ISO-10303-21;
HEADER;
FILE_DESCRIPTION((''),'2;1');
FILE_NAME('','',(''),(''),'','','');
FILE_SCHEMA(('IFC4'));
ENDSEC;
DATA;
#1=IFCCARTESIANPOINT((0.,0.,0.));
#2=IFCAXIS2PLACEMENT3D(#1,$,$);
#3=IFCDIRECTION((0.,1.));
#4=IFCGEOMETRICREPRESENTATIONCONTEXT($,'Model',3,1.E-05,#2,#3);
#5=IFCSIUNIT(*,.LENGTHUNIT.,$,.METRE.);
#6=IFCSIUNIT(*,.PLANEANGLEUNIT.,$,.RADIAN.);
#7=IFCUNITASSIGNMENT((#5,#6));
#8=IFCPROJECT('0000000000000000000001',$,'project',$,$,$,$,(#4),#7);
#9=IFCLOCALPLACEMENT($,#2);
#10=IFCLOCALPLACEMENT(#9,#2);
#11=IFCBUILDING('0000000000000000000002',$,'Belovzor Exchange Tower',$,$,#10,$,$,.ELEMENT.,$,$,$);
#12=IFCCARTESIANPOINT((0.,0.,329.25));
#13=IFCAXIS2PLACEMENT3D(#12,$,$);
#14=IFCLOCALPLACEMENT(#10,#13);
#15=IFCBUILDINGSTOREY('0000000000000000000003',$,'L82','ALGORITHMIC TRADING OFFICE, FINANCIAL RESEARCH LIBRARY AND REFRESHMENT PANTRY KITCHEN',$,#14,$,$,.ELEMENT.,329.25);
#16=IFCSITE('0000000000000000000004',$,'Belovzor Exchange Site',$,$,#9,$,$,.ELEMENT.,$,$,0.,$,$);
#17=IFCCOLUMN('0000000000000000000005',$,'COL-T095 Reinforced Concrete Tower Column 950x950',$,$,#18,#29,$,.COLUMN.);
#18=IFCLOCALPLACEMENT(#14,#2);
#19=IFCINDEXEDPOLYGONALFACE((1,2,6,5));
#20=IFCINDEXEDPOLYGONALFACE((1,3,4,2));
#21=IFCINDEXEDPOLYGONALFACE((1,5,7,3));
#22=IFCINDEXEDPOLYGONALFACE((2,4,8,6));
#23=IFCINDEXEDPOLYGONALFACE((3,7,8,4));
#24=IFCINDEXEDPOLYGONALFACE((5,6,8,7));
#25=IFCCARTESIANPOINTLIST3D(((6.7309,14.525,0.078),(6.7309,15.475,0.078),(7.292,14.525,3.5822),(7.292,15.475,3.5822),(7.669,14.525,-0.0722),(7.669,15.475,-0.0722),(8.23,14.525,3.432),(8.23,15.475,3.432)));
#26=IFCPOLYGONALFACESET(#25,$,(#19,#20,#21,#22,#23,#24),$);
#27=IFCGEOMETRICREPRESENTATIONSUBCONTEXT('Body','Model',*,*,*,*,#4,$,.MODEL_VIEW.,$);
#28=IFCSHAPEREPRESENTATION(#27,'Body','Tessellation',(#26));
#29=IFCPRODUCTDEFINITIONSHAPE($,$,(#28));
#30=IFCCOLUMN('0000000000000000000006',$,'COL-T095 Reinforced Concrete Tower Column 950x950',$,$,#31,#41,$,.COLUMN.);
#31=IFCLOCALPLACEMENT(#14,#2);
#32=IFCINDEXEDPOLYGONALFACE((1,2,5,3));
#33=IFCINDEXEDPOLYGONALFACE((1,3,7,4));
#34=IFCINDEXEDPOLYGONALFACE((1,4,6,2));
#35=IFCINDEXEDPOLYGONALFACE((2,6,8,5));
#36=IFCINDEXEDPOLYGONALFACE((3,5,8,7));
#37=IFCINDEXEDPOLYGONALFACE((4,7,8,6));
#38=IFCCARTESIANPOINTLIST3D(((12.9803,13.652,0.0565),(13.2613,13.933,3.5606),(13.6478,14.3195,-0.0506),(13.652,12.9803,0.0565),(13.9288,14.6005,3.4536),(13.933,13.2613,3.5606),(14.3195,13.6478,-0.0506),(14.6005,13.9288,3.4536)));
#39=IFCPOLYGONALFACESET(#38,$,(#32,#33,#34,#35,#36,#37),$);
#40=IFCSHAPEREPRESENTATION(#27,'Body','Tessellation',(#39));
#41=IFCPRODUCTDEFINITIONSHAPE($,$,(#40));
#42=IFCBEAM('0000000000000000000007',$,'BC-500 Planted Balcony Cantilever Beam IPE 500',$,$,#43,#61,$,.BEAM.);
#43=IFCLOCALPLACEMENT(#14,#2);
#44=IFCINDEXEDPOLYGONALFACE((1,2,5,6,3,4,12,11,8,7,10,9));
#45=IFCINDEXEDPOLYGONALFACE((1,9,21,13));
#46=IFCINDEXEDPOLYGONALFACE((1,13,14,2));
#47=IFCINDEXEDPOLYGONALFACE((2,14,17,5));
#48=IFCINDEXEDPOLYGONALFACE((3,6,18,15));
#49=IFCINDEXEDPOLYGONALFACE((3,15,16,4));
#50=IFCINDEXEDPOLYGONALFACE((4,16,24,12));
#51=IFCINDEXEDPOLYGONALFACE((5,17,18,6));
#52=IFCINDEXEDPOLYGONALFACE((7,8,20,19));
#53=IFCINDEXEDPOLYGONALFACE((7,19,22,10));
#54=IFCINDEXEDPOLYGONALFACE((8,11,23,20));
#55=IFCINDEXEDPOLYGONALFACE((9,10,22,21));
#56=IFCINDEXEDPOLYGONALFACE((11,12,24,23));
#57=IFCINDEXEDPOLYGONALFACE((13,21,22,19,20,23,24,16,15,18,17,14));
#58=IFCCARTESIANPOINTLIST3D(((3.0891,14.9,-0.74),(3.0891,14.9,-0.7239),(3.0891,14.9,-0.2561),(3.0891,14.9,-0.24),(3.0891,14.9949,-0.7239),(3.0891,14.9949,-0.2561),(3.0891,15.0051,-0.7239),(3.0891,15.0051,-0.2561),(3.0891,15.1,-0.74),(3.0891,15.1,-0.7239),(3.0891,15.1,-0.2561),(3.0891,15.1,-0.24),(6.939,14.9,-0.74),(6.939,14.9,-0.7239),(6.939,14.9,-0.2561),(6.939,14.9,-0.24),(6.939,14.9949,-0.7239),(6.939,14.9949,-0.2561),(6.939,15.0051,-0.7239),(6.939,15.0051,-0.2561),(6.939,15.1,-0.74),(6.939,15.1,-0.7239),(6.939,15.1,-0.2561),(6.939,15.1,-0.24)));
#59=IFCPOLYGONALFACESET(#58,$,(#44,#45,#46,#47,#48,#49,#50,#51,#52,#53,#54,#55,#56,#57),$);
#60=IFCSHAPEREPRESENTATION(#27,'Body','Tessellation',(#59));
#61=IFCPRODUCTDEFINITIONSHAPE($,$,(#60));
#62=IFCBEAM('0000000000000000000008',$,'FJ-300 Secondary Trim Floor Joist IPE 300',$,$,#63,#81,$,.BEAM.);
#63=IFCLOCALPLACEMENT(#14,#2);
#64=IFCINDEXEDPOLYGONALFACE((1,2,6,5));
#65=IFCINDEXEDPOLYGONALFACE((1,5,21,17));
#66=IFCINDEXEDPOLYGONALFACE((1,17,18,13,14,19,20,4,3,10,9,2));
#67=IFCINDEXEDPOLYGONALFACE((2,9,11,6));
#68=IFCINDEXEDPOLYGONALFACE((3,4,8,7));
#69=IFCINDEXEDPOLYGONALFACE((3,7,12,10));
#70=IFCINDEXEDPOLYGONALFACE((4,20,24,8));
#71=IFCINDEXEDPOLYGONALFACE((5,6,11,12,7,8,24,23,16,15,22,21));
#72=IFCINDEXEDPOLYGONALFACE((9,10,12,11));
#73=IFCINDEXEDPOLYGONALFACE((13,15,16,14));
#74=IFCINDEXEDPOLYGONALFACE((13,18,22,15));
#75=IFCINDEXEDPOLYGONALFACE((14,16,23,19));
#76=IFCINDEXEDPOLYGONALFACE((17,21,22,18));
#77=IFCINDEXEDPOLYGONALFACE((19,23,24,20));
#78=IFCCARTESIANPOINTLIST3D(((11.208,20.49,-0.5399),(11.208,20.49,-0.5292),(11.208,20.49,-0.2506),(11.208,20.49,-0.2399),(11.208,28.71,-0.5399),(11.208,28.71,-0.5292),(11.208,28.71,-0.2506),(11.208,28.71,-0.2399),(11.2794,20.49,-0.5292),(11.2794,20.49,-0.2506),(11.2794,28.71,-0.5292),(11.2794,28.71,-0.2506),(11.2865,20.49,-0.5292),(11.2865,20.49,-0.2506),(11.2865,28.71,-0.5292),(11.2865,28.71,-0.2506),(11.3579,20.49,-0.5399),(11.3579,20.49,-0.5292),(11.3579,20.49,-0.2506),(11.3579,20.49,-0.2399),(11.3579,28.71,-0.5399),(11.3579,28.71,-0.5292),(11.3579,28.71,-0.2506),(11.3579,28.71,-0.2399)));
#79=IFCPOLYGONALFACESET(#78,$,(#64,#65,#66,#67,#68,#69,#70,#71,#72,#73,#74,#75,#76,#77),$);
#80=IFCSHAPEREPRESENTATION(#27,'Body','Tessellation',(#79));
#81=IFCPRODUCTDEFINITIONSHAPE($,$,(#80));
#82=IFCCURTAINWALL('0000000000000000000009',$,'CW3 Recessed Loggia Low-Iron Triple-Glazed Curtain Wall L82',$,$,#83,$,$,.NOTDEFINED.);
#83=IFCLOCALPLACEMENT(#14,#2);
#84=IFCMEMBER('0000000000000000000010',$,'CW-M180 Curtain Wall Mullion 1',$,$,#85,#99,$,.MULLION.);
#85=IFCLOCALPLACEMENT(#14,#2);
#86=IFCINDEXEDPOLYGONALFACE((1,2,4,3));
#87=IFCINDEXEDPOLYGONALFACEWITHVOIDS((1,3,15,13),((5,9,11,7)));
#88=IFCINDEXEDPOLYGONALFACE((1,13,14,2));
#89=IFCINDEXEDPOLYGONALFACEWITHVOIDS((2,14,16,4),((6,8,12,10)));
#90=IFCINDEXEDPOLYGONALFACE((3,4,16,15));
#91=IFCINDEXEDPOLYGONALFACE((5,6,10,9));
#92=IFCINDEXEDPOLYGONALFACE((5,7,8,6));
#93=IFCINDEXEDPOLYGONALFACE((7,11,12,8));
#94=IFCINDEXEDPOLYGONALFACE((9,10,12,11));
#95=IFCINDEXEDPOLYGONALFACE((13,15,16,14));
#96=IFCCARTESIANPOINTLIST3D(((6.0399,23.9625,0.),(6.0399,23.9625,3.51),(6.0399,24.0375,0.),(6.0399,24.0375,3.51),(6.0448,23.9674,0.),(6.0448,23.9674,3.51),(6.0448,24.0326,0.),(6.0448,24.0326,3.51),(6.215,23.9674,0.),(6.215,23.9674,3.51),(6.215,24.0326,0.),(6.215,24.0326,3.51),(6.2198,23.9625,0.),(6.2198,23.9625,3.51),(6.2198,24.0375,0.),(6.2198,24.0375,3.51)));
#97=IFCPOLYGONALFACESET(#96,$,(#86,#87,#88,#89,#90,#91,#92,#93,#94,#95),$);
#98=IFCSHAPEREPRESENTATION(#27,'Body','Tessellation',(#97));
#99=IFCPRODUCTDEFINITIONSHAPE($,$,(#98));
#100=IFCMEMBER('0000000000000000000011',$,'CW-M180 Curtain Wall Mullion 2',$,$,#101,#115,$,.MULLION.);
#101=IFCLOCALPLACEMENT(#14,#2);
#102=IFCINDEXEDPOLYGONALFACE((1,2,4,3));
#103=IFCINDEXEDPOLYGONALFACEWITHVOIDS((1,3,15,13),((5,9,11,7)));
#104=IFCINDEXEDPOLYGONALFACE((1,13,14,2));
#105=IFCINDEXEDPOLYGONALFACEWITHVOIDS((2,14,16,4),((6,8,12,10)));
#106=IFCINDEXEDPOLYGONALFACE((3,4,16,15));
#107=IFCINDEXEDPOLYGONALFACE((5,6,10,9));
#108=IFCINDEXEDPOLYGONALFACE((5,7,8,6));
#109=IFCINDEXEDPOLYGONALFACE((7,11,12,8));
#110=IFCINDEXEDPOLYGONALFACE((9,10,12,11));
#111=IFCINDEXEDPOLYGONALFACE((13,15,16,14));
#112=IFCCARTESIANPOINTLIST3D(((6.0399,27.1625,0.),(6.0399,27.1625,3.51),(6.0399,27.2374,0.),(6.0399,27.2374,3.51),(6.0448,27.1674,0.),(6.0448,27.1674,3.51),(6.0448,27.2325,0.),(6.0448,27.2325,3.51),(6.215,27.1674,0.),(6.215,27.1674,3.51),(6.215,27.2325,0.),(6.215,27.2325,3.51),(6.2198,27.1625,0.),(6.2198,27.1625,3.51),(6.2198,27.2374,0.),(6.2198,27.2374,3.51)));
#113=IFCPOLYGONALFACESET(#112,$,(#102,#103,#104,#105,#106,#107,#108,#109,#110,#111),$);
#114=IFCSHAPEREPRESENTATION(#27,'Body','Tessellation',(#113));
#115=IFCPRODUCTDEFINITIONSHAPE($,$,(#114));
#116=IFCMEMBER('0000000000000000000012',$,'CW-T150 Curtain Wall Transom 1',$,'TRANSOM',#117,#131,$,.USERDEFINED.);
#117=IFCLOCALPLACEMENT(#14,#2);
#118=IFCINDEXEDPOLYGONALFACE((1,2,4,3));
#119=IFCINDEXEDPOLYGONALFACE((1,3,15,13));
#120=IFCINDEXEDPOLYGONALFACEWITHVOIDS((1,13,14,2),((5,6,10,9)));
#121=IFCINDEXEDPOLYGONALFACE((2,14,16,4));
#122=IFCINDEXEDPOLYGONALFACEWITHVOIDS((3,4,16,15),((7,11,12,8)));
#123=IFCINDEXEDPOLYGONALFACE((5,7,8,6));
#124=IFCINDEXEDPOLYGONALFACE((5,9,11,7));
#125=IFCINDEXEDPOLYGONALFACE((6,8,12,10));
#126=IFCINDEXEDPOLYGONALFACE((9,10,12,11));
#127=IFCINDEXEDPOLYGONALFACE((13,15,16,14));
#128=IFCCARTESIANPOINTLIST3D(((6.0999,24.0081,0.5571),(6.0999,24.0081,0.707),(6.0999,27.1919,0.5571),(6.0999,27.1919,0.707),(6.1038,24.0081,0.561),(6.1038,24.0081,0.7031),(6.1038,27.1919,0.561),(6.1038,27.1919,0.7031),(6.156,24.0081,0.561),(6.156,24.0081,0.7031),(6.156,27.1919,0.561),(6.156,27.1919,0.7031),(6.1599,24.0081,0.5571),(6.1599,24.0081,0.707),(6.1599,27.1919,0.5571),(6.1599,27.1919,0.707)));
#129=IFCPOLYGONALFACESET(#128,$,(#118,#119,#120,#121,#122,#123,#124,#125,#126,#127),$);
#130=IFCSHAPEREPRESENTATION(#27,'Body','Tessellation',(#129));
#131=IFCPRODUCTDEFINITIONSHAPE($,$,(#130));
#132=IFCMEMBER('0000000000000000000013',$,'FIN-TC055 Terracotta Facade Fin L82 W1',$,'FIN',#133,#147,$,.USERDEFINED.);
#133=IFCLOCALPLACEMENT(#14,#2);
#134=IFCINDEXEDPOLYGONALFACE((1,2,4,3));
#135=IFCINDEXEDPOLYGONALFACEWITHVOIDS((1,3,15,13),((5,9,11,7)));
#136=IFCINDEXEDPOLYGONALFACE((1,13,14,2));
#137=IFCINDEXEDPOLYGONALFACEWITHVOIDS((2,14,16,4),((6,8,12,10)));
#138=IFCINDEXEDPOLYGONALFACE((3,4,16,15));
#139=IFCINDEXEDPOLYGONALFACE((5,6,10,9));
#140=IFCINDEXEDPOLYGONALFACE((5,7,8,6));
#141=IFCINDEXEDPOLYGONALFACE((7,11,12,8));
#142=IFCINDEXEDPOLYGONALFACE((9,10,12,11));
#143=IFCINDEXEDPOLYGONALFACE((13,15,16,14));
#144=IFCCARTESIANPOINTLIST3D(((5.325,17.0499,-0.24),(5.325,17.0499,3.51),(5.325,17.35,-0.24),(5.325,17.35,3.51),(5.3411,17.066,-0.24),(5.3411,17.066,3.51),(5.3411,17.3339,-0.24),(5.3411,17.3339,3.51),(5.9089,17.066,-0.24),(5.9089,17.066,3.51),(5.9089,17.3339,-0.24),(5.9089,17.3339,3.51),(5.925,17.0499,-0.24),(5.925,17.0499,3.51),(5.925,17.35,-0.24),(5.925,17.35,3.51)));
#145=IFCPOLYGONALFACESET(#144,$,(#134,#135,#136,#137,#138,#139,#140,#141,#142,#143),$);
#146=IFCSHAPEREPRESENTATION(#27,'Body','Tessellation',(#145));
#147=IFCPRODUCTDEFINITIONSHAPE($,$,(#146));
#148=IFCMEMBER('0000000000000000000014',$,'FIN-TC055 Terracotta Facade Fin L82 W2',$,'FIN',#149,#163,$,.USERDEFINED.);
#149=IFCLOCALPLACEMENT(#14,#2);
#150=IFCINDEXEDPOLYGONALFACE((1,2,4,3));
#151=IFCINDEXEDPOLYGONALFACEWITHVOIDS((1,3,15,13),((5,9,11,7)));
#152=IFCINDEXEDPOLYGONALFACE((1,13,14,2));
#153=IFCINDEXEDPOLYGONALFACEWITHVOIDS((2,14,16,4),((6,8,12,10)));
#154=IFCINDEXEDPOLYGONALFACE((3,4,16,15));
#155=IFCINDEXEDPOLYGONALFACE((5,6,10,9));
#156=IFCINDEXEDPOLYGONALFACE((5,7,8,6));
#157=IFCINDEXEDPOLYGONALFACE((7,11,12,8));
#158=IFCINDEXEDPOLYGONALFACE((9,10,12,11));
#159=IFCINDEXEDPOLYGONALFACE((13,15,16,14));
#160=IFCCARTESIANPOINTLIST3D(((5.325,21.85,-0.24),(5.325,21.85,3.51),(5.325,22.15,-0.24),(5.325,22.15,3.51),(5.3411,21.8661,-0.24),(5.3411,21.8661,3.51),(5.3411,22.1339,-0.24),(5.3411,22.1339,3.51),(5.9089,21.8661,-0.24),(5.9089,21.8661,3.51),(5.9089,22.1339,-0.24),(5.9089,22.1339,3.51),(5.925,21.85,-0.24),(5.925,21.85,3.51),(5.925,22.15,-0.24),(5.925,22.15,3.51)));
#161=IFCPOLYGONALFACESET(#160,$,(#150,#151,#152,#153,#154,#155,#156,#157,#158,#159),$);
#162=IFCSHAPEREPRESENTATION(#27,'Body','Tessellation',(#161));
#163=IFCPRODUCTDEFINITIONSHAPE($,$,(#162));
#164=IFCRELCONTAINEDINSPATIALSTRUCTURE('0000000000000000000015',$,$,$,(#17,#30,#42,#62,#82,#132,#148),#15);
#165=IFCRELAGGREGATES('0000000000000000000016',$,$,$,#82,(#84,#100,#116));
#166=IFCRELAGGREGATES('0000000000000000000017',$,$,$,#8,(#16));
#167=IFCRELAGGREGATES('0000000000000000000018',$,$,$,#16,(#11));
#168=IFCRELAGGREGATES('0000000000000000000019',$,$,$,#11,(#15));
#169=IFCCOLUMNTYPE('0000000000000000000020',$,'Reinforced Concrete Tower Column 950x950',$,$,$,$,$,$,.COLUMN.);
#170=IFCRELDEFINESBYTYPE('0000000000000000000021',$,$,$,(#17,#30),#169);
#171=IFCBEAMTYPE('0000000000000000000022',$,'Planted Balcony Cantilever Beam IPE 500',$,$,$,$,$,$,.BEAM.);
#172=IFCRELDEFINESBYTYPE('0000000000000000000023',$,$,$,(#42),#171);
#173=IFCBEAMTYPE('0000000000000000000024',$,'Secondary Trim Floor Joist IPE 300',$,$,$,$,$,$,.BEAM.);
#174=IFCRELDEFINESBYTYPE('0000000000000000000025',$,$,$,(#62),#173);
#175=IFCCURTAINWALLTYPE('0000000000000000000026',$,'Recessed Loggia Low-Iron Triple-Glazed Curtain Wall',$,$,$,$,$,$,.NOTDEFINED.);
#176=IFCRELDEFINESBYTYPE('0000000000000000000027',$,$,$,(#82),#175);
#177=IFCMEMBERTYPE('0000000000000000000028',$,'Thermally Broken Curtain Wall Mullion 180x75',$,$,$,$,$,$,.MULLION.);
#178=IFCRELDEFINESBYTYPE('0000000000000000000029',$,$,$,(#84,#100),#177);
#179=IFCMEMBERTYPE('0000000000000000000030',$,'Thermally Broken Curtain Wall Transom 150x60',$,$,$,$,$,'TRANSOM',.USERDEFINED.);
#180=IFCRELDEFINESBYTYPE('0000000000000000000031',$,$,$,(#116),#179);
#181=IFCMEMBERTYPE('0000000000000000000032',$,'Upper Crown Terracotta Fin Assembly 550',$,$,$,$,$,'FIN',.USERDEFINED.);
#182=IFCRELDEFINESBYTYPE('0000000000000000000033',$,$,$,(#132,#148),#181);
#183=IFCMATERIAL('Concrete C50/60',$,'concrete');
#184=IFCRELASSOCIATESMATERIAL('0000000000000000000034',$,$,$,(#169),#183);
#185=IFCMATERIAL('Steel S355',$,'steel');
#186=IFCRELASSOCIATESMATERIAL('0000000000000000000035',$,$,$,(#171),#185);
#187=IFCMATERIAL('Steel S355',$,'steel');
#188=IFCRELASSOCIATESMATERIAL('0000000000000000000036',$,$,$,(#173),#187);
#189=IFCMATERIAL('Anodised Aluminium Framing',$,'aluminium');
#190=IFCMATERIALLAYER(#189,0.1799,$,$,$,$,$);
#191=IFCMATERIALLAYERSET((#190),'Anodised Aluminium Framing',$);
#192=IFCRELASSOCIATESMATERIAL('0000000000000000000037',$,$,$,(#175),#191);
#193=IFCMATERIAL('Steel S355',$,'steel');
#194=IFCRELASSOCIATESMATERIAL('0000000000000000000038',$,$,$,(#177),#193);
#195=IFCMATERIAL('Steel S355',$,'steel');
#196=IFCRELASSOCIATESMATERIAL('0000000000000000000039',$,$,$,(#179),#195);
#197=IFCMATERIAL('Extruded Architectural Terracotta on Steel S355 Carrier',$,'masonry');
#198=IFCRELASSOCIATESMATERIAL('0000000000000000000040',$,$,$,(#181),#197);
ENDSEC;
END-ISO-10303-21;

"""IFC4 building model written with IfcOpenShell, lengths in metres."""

from ifc_helpers import new_model, si_unit, direction, frame, origin, origin_2d, place, context, subcontext, project, spatial, rectangle, hollow_rectangle, i_section, extrude, material, layer, layer_set, material_profile, profile_set, type_object, element, aggregate, save


model = new_model("IFC4")

# Units and contexts
model_context = context("Model", 3, precision=1e-05, world=origin(), true_north=direction((0.0, 1.0)))
body_context = subcontext(model_context, "Body", "Model", "MODEL_VIEW")
ifc_project = project(units=[si_unit("LENGTHUNIT", "METRE"), si_unit("PLANEANGLEUNIT", "RADIAN")], contexts=[model_context])

# Site, building, storey
site_placement = place(None, origin())
site = spatial("IfcSite", under=ifc_project, at=site_placement, Name="Belovzor Exchange Site", CompositionType="ELEMENT", RefElevation=0.0)
building_placement = place(site_placement, origin())
building = spatial("IfcBuilding", under=site, at=building_placement, Name="Belovzor Exchange Tower", CompositionType="ELEMENT")
storey_placement = place(building_placement, frame((0.0, 0.0, 329.25)))
storey = spatial("IfcBuildingStorey", under=building, at=storey_placement, Name="L82", Description="ALGORITHMIC TRADING OFFICE, FINANCIAL RESEARCH LIBRARY AND REFRESHMENT PANTRY KITCHEN", CompositionType="ELEMENT", Elevation=329.25)

# Columns
ifc_material_1 = material(Name="Concrete C50/60", Category="concrete")
ifc_material_profile_1 = material_profile(ifc_material_1, rectangle(XDim=0.95, YDim=0.95, at=origin_2d()))
ifc_profile_set_1 = profile_set([ifc_material_profile_1], Name="Concrete C50/60")
column_type = type_object("IfcColumnType", Name="Reinforced Concrete Tower Column 950x950", PredefinedType="COLUMN", material=ifc_profile_set_1)
column_1_placement = place(storey_placement, frame((7.2, 15.0, 0.0029), z_axis=(0.158092, 0.0, 0.987424), x_axis=(0.0, 1.0, 0.0)))
element("IfcColumn", 1, at=column_1_placement, inside=storey, type_object=column_type, Name="COL-T095 Reinforced Concrete Tower Column 950x950", PredefinedType="COLUMN", context=body_context, shape_type="SweptSolid", body=[
    extrude(rectangle(XDim=0.95, YDim=0.95, at=origin_2d()), origin(), (0.0, 0.0, 1.0), 3.5488),
])
column_2_placement = place(storey_placement, frame((13.6499, 13.6499, 0.0029), z_axis=(0.079682, 0.079682, 0.993631), x_axis=(-0.707107, 0.707107, 0.0)))
element("IfcColumn", 2, at=column_2_placement, inside=storey, type_object=column_type, Name="COL-T095 Reinforced Concrete Tower Column 950x950", PredefinedType="COLUMN", context=body_context, shape_type="SweptSolid", body=[
    extrude(rectangle(XDim=0.95, YDim=0.95, at=origin_2d()), origin(), (0.0, 0.0, 1.0), 3.5266),
])

# Beams
ifc_material_2 = material(Name="Steel S355", Category="steel")
ifc_material_profile_2 = material_profile(ifc_material_2, i_section(OverallWidth=0.2, OverallDepth=0.5, WebThickness=0.0103, FlangeThickness=0.0161, at=origin_2d()))
ifc_profile_set_2 = profile_set([ifc_material_profile_2], Name="Steel S355")
beam_type_1 = type_object("IfcBeamType", Name="Planted Balcony Cantilever Beam IPE 500", PredefinedType="BEAM", material=ifc_profile_set_2)
beam_1_placement = place(storey_placement, frame((6.939, 15.0, -0.49), z_axis=(-1.0, 0.0, 0.0), x_axis=(0.0, -1.0, 0.0)))
element("IfcBeam", 3, at=beam_1_placement, inside=storey, type_object=beam_type_1, Name="BC-500 Planted Balcony Cantilever Beam IPE 500", PredefinedType="BEAM", context=body_context, shape_type="SweptSolid", body=[
    extrude(i_section(OverallWidth=0.2, OverallDepth=0.5, WebThickness=0.0103, FlangeThickness=0.0161, at=origin_2d()), origin(), (0.0, 0.0, 1.0), 3.8499),
])
ifc_material_3 = material(Name="Steel S355", Category="steel")
ifc_material_profile_3 = material_profile(ifc_material_3, i_section(OverallWidth=0.1499, OverallDepth=0.3, WebThickness=0.0071, FlangeThickness=0.0107, at=origin_2d()))
ifc_profile_set_3 = profile_set([ifc_material_profile_3], Name="Steel S355")
beam_type_2 = type_object("IfcBeamType", Name="Secondary Trim Floor Joist IPE 300", PredefinedType="BEAM", material=ifc_profile_set_3)
beam_2_placement = place(storey_placement, frame((11.283, 20.49, -0.3899), z_axis=(0.0, 1.0, 0.0), x_axis=(-1.0, 0.0, 0.0)))
element("IfcBeam", 4, at=beam_2_placement, inside=storey, type_object=beam_type_2, Name="FJ-300 Secondary Trim Floor Joist IPE 300", PredefinedType="BEAM", context=body_context, shape_type="SweptSolid", body=[
    extrude(i_section(OverallWidth=0.1499, OverallDepth=0.3, WebThickness=0.0071, FlangeThickness=0.0107, at=origin_2d()), origin(), (0.0, 0.0, 1.0), 8.22),
])

# Curtain wall, members
ifc_material_4 = material(Name="Anodised Aluminium Framing", Category="aluminium")
ifc_layer_1 = layer(ifc_material_4, 0.1799)
ifc_layer_set_1 = layer_set([ifc_layer_1], Name="Anodised Aluminium Framing")
curtain_wall_type = type_object("IfcCurtainWallType", Name="Recessed Loggia Low-Iron Triple-Glazed Curtain Wall", PredefinedType="NOTDEFINED", material=ifc_layer_set_1)
curtain_wall_placement = place(storey_placement, origin())
curtain_wall = element("IfcCurtainWall", 5, at=curtain_wall_placement, inside=storey, type_object=curtain_wall_type, Name="CW3 Recessed Loggia Low-Iron Triple-Glazed Curtain Wall L82", PredefinedType="NOTDEFINED")
ifc_material_5 = material(Name="Steel S355", Category="steel")
ifc_material_profile_4 = material_profile(ifc_material_5, hollow_rectangle(XDim=0.075, YDim=0.1799, WallThickness=0.0049, at=origin_2d()))
ifc_profile_set_4 = profile_set([ifc_material_profile_4], Name="Steel S355")
member_type_1 = type_object("IfcMemberType", Name="Thermally Broken Curtain Wall Mullion 180x75", PredefinedType="MULLION", material=ifc_profile_set_4)
member_1_placement = place(storey_placement, frame((6.1299, 24.0, 0.0), z_axis=(0.0, 0.0, 1.0), x_axis=(0.0, 1.0, 0.0)))
member_1 = element("IfcMember", 6, at=member_1_placement, type_object=member_type_1, Name="CW-M180 Curtain Wall Mullion 1", PredefinedType="MULLION", context=body_context, shape_type="SweptSolid", body=[
    extrude(hollow_rectangle(XDim=0.075, YDim=0.1799, WallThickness=0.0049, at=origin_2d()), origin(), (0.0, 0.0, 1.0), 3.51),
])
member_2_placement = place(storey_placement, frame((6.1299, 27.2, 0.0), z_axis=(0.0, 0.0, 1.0), x_axis=(0.0, 1.0, 0.0)))
member_2 = element("IfcMember", 7, at=member_2_placement, type_object=member_type_1, Name="CW-M180 Curtain Wall Mullion 2", PredefinedType="MULLION", context=body_context, shape_type="SweptSolid", body=[
    extrude(hollow_rectangle(XDim=0.075, YDim=0.1799, WallThickness=0.0049, at=origin_2d()), origin(), (0.0, 0.0, 1.0), 3.51),
])
ifc_material_6 = material(Name="Steel S355", Category="steel")
ifc_material_profile_5 = material_profile(ifc_material_6, hollow_rectangle(XDim=0.0601, YDim=0.1499, WallThickness=0.0039, at=origin_2d()))
ifc_profile_set_5 = profile_set([ifc_material_profile_5], Name="Steel S355")
member_type_2 = type_object("IfcMemberType", Name="Thermally Broken Curtain Wall Transom 150x60", ElementType="TRANSOM", PredefinedType="USERDEFINED", material=ifc_profile_set_5)
member_3_placement = place(storey_placement, frame((6.1299, 24.0081, 0.6321), z_axis=(0.0, 1.0, 0.0), x_axis=(-1.0, 0.0, 0.0)))
member_3 = element("IfcMember", 8, at=member_3_placement, type_object=member_type_2, Name="CW-T150 Curtain Wall Transom 1", ObjectType="TRANSOM", PredefinedType="USERDEFINED", context=body_context, shape_type="SweptSolid", body=[
    extrude(hollow_rectangle(XDim=0.0601, YDim=0.1499, WallThickness=0.0039, at=origin_2d()), origin(), (0.0, 0.0, 1.0), 3.1838),
])

# Members
ifc_material_7 = material(Name="Extruded Architectural Terracotta on Steel S355 Carrier", Category="masonry")
ifc_material_profile_6 = material_profile(ifc_material_7, hollow_rectangle(XDim=0.3, YDim=0.6001, WallThickness=0.0161, at=origin_2d()))
ifc_profile_set_6 = profile_set([ifc_material_profile_6], Name="Extruded Architectural Terracotta on Steel S355 Carrier")
member_type_3 = type_object("IfcMemberType", Name="Upper Crown Terracotta Fin Assembly 550", ElementType="FIN", PredefinedType="USERDEFINED", material=ifc_profile_set_6)
for number, where, z_axis, x_axis, name in (
    (9, (5.625, 17.2, -0.24), (0.0, 0.0, 1.0), (0.0, 1.0, 0.0), "FIN-TC055 Terracotta Facade Fin L82 W1"),
    (10, (5.625, 22.0, -0.24), (0.0, 0.0, 1.0), (0.0, 1.0, 0.0), "FIN-TC055 Terracotta Facade Fin L82 W2"),
):
    element("IfcMember", number, at=place(storey_placement, frame(where, z_axis=z_axis, x_axis=x_axis)), inside=storey, type_object=member_type_3, Name=name, ObjectType="FIN", PredefinedType="USERDEFINED", context=body_context, shape_type="SweptSolid", body=[
        extrude(hollow_rectangle(XDim=0.3, YDim=0.6001, WallThickness=0.0161, at=origin_2d()), origin(), (0.0, 0.0, 1.0), 3.75),
    ])

aggregate(curtain_wall, [member_1, member_2, member_3])

save(model, "model.ifc")
